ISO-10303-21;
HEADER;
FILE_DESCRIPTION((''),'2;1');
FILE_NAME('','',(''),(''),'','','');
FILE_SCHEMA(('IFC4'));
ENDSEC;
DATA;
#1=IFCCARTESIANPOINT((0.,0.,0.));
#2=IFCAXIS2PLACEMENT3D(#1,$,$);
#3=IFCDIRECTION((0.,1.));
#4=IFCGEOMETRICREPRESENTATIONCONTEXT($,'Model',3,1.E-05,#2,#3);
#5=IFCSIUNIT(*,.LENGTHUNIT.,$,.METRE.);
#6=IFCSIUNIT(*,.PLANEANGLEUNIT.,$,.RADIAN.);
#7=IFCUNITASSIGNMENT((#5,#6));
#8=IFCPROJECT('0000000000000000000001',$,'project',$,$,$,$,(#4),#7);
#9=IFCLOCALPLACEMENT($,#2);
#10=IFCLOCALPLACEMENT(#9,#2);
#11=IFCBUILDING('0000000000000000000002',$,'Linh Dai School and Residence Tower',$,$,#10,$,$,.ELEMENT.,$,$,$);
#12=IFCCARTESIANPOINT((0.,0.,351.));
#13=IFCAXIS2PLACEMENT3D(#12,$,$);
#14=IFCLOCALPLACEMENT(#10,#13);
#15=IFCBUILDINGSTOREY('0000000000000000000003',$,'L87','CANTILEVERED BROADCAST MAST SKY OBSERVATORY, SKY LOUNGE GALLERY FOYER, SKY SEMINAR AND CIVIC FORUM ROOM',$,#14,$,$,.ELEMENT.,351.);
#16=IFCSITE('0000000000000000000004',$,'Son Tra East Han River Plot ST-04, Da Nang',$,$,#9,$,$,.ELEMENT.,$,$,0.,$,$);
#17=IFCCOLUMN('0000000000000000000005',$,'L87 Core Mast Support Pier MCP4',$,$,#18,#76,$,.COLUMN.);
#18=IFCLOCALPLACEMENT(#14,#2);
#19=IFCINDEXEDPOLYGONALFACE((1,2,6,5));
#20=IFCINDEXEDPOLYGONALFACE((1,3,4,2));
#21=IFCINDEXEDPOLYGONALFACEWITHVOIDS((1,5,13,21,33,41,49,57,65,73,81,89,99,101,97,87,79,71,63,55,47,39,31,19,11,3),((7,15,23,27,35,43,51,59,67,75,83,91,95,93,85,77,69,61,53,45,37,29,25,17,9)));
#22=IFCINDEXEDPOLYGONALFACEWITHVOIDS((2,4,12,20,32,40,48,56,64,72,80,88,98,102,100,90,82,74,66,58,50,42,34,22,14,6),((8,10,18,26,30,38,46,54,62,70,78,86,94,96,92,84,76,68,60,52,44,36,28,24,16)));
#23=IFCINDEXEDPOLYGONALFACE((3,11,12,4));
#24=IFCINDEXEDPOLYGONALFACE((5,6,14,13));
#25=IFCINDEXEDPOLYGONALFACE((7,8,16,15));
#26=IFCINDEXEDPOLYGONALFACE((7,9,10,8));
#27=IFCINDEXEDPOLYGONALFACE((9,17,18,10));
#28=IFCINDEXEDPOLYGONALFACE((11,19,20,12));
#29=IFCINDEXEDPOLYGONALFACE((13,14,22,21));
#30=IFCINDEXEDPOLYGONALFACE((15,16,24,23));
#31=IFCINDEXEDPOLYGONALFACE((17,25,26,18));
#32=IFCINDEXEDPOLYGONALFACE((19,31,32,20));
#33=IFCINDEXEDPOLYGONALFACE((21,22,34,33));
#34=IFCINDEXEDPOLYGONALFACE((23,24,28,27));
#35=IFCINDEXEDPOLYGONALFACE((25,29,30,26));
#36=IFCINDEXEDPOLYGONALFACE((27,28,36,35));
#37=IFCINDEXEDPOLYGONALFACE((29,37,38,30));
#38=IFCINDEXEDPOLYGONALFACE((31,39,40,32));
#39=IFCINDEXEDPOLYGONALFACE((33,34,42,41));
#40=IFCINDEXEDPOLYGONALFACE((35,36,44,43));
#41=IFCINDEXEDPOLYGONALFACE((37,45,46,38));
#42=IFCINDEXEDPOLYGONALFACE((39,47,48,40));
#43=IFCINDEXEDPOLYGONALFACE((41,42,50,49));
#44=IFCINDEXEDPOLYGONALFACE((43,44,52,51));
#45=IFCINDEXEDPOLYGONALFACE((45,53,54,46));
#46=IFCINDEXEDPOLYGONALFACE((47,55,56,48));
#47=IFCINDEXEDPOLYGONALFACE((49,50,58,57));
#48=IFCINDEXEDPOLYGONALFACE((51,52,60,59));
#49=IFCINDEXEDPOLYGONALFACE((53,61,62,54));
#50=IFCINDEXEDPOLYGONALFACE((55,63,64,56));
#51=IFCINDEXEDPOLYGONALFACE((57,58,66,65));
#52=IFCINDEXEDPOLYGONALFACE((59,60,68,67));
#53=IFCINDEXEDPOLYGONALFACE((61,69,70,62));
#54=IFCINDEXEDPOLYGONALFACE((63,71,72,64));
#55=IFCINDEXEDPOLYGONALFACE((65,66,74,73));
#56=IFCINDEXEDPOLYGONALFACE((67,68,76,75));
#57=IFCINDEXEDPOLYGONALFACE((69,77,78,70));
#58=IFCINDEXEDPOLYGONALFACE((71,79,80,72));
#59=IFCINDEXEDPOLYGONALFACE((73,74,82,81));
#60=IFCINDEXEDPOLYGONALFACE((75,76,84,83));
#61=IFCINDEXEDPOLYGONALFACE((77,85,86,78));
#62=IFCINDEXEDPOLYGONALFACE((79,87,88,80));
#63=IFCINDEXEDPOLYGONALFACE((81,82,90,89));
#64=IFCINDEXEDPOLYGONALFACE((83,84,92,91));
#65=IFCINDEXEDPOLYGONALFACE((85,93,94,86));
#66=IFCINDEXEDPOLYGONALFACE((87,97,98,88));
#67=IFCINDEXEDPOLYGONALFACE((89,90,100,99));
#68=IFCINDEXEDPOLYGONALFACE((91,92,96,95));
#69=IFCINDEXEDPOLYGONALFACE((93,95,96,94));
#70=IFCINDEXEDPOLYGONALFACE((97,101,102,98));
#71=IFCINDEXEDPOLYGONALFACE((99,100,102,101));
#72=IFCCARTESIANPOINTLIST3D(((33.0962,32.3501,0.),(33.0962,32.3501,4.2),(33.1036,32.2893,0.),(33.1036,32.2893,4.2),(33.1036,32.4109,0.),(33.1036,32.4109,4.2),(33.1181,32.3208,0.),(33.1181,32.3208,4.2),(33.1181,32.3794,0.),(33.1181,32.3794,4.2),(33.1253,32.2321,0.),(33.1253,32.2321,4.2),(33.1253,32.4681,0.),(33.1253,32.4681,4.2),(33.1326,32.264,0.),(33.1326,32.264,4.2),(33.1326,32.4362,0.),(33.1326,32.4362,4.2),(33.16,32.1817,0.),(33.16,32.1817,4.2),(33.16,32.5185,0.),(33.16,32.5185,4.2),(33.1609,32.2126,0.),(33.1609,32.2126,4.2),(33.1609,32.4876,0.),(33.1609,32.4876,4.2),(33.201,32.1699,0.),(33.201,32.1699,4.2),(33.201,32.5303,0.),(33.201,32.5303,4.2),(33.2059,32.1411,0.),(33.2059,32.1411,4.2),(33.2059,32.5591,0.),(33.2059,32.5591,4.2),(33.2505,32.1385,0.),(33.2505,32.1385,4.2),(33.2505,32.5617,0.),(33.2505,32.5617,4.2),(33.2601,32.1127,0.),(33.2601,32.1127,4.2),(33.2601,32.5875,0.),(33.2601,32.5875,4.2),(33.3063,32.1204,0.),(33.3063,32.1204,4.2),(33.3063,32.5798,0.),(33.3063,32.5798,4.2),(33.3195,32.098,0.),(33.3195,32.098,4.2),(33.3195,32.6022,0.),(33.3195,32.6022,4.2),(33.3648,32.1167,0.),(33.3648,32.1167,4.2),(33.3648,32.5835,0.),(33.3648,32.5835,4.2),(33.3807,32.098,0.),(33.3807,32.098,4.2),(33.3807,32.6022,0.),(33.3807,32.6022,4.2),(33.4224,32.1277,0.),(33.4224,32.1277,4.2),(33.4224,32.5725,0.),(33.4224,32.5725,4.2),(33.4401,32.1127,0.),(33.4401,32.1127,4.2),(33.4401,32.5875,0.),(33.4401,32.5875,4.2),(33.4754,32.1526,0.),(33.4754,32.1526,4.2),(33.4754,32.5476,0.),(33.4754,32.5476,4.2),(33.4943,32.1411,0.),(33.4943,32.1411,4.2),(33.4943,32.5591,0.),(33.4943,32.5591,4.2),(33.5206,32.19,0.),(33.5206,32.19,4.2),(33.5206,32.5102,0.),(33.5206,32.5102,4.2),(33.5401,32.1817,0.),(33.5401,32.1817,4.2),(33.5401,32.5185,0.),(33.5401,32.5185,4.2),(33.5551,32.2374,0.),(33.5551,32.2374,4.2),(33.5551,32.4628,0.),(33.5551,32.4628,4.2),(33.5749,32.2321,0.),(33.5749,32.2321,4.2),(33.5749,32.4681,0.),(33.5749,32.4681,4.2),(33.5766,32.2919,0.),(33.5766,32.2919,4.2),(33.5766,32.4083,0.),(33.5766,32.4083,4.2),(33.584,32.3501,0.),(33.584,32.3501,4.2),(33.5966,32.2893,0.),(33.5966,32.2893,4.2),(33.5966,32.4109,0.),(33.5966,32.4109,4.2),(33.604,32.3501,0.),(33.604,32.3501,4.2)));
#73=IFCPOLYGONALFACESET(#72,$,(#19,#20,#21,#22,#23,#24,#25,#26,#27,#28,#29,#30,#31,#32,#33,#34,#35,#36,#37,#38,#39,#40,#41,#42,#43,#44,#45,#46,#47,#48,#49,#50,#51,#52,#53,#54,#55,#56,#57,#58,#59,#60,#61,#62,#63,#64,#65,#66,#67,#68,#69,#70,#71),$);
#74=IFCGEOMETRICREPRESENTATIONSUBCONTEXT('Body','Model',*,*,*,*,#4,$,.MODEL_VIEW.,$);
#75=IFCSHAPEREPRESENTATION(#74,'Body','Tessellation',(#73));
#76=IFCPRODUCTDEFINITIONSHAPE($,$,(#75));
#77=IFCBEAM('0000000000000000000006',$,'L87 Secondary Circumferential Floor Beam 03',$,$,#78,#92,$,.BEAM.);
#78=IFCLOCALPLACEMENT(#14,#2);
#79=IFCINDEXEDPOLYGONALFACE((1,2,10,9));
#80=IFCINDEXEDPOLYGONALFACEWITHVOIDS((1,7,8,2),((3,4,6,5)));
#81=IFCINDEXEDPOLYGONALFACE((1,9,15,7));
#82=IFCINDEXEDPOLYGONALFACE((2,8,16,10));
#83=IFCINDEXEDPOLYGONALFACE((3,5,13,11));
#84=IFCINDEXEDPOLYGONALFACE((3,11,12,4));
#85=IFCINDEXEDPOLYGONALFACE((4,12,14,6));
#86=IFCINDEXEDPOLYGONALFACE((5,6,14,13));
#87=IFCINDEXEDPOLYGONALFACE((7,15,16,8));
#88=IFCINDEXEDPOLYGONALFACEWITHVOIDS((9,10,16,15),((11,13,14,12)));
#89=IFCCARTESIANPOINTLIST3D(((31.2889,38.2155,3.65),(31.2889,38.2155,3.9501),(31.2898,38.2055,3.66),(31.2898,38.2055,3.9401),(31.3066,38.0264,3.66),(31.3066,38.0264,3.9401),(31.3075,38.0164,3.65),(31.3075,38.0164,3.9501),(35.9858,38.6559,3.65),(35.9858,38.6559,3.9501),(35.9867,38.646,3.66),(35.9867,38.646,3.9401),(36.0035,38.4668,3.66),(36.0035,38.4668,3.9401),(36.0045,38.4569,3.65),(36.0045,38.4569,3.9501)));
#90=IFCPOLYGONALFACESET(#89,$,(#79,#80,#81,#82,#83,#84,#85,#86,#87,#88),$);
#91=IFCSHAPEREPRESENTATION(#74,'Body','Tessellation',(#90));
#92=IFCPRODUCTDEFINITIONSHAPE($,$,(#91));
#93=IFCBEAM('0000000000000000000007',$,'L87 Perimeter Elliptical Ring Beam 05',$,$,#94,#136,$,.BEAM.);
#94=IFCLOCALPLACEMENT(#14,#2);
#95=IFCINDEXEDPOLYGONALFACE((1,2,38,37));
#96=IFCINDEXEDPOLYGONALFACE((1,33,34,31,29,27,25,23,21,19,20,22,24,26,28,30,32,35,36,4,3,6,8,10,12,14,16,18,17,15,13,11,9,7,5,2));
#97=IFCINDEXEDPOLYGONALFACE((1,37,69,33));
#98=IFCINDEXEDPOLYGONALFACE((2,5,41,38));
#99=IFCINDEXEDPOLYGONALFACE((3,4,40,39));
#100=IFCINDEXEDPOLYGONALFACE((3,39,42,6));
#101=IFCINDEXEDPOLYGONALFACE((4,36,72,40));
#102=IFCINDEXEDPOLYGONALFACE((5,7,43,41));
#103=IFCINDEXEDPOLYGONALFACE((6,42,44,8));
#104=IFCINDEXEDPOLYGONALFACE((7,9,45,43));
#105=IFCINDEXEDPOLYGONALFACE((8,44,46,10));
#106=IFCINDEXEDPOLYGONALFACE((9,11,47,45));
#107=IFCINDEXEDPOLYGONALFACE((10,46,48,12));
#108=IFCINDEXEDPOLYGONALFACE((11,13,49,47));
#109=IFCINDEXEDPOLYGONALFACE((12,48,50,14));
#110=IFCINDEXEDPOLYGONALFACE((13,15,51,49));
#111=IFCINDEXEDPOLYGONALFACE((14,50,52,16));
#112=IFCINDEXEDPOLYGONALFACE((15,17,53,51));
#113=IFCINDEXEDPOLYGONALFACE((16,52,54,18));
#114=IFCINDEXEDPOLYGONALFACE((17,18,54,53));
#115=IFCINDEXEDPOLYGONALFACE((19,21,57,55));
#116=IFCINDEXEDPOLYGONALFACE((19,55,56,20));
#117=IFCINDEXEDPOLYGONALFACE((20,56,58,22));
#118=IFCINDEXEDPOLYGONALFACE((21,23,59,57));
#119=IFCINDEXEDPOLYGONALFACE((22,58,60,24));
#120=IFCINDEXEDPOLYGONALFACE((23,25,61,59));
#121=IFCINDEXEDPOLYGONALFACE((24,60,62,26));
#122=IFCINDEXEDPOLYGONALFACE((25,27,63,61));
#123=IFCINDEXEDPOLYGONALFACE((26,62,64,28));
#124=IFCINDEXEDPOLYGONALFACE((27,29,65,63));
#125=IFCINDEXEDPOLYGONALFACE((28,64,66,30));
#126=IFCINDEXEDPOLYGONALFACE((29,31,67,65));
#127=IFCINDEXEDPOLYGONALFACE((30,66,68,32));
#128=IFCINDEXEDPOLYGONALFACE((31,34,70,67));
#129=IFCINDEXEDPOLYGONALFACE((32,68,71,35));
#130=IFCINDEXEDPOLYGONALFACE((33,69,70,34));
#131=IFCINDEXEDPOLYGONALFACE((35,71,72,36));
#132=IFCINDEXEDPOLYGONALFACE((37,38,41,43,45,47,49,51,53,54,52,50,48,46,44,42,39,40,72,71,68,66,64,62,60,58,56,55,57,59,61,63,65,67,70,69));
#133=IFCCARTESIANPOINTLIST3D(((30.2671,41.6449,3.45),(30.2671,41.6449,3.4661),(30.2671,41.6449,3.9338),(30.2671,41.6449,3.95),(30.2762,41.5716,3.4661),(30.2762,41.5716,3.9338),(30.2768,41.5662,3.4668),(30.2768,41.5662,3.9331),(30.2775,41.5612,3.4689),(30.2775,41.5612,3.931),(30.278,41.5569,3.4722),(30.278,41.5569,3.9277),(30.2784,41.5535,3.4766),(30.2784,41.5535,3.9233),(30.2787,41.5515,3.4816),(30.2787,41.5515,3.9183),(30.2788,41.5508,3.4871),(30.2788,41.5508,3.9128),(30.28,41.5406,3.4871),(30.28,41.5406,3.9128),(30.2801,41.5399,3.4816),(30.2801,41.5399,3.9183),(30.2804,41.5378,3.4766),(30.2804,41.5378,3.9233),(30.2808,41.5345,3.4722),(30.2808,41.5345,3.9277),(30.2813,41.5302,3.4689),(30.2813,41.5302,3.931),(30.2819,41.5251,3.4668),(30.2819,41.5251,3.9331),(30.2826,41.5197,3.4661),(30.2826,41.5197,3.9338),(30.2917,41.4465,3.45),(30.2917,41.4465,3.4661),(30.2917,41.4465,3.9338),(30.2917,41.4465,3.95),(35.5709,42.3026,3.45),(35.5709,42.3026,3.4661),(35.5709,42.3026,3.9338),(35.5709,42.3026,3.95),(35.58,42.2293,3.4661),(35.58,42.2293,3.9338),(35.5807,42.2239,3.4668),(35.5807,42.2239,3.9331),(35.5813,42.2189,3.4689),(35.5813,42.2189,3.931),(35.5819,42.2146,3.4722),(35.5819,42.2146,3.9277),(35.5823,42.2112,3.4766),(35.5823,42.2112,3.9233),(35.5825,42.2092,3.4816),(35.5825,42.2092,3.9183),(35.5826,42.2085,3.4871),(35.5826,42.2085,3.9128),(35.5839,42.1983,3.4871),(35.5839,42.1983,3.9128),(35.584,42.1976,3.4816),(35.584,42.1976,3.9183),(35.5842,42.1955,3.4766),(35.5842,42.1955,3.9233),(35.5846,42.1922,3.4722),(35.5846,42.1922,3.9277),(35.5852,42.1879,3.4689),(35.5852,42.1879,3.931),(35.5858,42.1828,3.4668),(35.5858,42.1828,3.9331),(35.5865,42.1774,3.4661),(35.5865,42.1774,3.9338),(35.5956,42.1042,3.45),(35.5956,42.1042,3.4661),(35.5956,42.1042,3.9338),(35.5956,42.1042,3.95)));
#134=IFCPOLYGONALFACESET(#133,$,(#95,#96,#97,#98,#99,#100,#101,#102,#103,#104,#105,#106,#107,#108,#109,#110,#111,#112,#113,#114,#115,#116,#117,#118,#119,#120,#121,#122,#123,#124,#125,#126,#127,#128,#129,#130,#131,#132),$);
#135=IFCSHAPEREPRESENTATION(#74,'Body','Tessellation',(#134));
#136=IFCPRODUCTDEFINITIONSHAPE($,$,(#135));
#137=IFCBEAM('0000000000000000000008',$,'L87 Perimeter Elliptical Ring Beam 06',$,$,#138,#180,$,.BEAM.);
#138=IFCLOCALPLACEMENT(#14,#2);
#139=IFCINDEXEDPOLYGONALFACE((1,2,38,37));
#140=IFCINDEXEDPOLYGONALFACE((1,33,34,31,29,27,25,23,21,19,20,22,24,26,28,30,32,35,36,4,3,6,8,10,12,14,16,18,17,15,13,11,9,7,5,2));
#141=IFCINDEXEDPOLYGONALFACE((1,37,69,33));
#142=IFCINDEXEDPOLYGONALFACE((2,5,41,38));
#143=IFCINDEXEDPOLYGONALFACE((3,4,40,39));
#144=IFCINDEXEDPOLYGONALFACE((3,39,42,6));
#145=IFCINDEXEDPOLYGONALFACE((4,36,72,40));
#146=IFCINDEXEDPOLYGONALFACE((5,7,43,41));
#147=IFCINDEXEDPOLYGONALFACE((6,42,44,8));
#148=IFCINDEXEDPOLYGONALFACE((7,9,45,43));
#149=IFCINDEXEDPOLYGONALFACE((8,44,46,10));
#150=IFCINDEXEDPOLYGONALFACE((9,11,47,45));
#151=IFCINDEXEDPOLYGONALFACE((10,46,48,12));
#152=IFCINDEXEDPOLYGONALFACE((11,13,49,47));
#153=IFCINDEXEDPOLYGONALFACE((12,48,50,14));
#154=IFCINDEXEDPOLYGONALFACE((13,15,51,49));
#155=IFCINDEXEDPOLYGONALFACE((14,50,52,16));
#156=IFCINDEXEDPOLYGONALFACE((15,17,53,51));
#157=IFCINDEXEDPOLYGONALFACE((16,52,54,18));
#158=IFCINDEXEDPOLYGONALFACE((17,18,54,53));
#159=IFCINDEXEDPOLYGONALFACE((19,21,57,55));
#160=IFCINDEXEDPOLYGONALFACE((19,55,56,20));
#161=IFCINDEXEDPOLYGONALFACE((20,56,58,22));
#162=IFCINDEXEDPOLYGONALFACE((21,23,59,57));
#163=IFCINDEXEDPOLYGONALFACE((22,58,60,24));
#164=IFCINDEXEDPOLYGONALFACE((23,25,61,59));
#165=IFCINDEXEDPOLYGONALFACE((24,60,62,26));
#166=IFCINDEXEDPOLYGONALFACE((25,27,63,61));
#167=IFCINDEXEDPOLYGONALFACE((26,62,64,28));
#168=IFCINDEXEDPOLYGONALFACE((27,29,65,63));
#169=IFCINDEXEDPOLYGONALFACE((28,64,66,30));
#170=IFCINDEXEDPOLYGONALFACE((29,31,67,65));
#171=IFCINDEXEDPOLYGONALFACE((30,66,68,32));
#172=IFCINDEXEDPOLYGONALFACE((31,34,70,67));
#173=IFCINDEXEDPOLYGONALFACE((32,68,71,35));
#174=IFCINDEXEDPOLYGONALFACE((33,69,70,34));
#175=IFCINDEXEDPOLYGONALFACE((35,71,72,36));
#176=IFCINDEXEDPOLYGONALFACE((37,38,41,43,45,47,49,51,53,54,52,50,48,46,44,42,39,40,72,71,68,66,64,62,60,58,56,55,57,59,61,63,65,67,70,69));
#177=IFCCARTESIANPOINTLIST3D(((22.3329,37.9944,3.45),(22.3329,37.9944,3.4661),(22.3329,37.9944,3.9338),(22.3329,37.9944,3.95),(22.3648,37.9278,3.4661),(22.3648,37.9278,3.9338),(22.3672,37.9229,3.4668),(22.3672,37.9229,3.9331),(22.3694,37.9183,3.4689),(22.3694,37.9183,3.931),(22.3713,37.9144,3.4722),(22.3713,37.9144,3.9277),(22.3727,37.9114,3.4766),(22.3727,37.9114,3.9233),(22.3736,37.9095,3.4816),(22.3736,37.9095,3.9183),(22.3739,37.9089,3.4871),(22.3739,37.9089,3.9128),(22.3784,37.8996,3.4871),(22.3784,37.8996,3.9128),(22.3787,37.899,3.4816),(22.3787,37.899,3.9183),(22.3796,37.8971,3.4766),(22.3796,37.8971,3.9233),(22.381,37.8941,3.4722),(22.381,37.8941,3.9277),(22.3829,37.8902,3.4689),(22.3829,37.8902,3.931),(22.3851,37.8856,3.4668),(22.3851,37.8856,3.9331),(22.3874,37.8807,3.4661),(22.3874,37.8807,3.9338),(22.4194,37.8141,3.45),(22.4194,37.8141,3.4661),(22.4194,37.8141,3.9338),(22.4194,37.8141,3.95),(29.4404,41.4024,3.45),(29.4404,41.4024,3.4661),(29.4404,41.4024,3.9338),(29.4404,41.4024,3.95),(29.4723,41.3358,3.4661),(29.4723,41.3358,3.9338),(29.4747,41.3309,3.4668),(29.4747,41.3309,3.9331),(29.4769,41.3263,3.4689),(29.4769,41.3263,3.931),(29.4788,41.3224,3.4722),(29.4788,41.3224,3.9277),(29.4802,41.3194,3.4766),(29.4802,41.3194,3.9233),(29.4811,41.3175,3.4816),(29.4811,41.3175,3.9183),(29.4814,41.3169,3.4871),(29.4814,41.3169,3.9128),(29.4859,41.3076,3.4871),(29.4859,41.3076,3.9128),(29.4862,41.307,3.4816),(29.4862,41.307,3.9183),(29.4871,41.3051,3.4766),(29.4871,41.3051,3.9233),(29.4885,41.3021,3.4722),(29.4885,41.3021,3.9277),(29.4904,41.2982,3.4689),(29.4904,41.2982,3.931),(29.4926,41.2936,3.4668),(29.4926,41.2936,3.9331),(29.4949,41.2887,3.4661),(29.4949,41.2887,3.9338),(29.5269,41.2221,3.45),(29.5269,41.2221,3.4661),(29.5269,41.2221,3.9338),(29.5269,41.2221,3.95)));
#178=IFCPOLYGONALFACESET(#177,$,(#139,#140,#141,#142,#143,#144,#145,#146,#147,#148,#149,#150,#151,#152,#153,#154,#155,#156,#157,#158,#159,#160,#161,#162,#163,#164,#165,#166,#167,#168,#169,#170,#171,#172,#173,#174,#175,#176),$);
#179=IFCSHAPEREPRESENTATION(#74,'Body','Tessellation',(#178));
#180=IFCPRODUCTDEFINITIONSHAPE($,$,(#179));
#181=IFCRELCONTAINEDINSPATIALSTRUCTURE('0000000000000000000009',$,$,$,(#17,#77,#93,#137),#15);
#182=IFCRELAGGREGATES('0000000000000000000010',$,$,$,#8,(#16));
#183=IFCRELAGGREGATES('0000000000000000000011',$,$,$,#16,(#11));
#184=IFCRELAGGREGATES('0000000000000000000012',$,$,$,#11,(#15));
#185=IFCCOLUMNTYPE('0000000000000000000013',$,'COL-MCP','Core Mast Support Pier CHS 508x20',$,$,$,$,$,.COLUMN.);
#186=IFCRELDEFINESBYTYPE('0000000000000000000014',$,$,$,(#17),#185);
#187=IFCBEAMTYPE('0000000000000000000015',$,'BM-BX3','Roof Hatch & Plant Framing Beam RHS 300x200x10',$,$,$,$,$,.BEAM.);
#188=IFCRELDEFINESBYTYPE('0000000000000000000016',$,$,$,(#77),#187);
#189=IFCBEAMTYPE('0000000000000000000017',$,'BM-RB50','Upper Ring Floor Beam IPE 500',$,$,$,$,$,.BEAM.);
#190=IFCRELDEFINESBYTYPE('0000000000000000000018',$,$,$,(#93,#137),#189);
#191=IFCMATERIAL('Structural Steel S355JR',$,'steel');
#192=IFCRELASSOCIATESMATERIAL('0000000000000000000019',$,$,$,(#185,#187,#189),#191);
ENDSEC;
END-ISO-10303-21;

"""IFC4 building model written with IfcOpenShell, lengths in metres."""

from ifc_helpers import new_model, si_unit, direction, frame, origin, origin_2d, place, context, subcontext, project, spatial, hollow_rectangle, hollow_circle, i_section, extrude, material, material_profile, profile_set, type_object, element, save


model = new_model("IFC4")

# Units and contexts
model_context = context("Model", 3, precision=1e-05, world=origin(), true_north=direction((0.0, 1.0)))
body_context = subcontext(model_context, "Body", "Model", "MODEL_VIEW")
ifc_project = project(units=[si_unit("LENGTHUNIT", "METRE"), si_unit("PLANEANGLEUNIT", "RADIAN")], contexts=[model_context])

# Site, building, storey
site_placement = place(None, origin())
site = spatial("IfcSite", under=ifc_project, at=site_placement, Name="Son Tra East Han River Plot ST-04, Da Nang", CompositionType="ELEMENT", RefElevation=0.0)
building_placement = place(site_placement, origin())
building = spatial("IfcBuilding", under=site, at=building_placement, Name="Linh Dai School and Residence Tower", CompositionType="ELEMENT")
storey_placement = place(building_placement, frame((0.0, 0.0, 351.0)))
storey = spatial("IfcBuildingStorey", under=building, at=storey_placement, Name="L87", Description="CANTILEVERED BROADCAST MAST SKY OBSERVATORY, SKY LOUNGE GALLERY FOYER, SKY SEMINAR AND CIVIC FORUM ROOM", CompositionType="ELEMENT", Elevation=351.0)

# Column
ifc_material_1 = material(Name="Structural Steel S355JR", Category="steel")
ifc_material_profile_1 = material_profile(ifc_material_1, hollow_circle(Radius=0.2539, WallThickness=0.02, at=origin_2d()), Name="CHS 508x20")
ifc_profile_set_1 = profile_set([ifc_material_profile_1], Name="Structural Steel S355JR")
column_type_1 = type_object("IfcColumnType", Name="COL-MCP", Description="Core Mast Support Pier CHS 508x20", PredefinedType="COLUMN", material=ifc_profile_set_1)
column_placement = place(storey_placement, frame((33.3501, 32.3501, 0.0), z_axis=(0.0, 0.0, 1.0), x_axis=(1.0, 0.0, 0.0)))
element("IfcColumn", 1, at=column_placement, inside=storey, type_object=column_type_1, Name="L87 Core Mast Support Pier MCP4", PredefinedType="COLUMN", context=body_context, shape_type="SweptSolid", body=[
    extrude(hollow_circle(Radius=0.2539, WallThickness=0.02, at=origin_2d()), origin(), (0.0, 0.0, 1.0), 4.2),
])

# Beams
ifc_material_profile_2 = material_profile(ifc_material_1, hollow_rectangle(XDim=0.2, YDim=0.3, WallThickness=0.01, at=origin_2d()), Name="RHS 300x200x10")
ifc_profile_set_2 = profile_set([ifc_material_profile_2], Name="Structural Steel S355JR")
beam_type_1 = type_object("IfcBeamType", Name="BM-BX3", Description="Roof Hatch & Plant Framing Beam RHS 300x200x10", PredefinedType="BEAM", material=ifc_profile_set_2)
beam_1_placement = place(storey_placement, frame((35.9951, 38.5564, 3.8), z_axis=(-0.995633, -0.093358, 0.0), x_axis=(0.093358, -0.995633, 0.0)))
element("IfcBeam", 2, at=beam_1_placement, inside=storey, type_object=beam_type_1, Name="L87 Secondary Circumferential Floor Beam 03", PredefinedType="BEAM", context=body_context, shape_type="SweptSolid", body=[
    extrude(hollow_rectangle(XDim=0.2, YDim=0.3, WallThickness=0.01, at=origin_2d()), origin(), (0.0, 0.0, 1.0), 4.7175),
])
ifc_material_profile_3 = material_profile(ifc_material_1, i_section(OverallWidth=0.2, OverallDepth=0.5, WebThickness=0.0103, FlangeThickness=0.0161, FilletRadius=0.021, at=origin_2d()), Name="IPE 500")
ifc_profile_set_3 = profile_set([ifc_material_profile_3], Name="Structural Steel S355JR")
beam_type_2 = type_object("IfcBeamType", Name="BM-RB50", Description="Upper Ring Floor Beam IPE 500", PredefinedType="BEAM", material=ifc_profile_set_3)
beam_2_placement = place(storey_placement, frame((35.5833, 42.2034, 3.7), z_axis=(-0.992399, -0.123062, 0.0), x_axis=(0.123062, -0.992399, 0.0)))
element("IfcBeam", 3, at=beam_2_placement, inside=storey, type_object=beam_type_2, Name="L87 Perimeter Elliptical Ring Beam 05", PredefinedType="BEAM", context=body_context, shape_type="SweptSolid", body=[
    extrude(i_section(OverallWidth=0.2, OverallDepth=0.5, WebThickness=0.0103, FlangeThickness=0.0161, FilletRadius=0.021, at=origin_2d()), origin(), (0.0, 0.0, 1.0), 5.3445),
])
beam_3_placement = place(storey_placement, frame((29.4836, 41.3123, 3.7), z_axis=(-0.901701, -0.432359, 0.0), x_axis=(0.432359, -0.901701, 0.0)))
element("IfcBeam", 4, at=beam_3_placement, inside=storey, type_object=beam_type_2, Name="L87 Perimeter Elliptical Ring Beam 06", PredefinedType="BEAM", context=body_context, shape_type="SweptSolid", body=[
    extrude(i_section(OverallWidth=0.2, OverallDepth=0.5, WebThickness=0.0103, FlangeThickness=0.0161, FilletRadius=0.021, at=origin_2d()), origin(), (0.0, 0.0, 1.0), 7.8823),
])

save(model, "model.ifc")
